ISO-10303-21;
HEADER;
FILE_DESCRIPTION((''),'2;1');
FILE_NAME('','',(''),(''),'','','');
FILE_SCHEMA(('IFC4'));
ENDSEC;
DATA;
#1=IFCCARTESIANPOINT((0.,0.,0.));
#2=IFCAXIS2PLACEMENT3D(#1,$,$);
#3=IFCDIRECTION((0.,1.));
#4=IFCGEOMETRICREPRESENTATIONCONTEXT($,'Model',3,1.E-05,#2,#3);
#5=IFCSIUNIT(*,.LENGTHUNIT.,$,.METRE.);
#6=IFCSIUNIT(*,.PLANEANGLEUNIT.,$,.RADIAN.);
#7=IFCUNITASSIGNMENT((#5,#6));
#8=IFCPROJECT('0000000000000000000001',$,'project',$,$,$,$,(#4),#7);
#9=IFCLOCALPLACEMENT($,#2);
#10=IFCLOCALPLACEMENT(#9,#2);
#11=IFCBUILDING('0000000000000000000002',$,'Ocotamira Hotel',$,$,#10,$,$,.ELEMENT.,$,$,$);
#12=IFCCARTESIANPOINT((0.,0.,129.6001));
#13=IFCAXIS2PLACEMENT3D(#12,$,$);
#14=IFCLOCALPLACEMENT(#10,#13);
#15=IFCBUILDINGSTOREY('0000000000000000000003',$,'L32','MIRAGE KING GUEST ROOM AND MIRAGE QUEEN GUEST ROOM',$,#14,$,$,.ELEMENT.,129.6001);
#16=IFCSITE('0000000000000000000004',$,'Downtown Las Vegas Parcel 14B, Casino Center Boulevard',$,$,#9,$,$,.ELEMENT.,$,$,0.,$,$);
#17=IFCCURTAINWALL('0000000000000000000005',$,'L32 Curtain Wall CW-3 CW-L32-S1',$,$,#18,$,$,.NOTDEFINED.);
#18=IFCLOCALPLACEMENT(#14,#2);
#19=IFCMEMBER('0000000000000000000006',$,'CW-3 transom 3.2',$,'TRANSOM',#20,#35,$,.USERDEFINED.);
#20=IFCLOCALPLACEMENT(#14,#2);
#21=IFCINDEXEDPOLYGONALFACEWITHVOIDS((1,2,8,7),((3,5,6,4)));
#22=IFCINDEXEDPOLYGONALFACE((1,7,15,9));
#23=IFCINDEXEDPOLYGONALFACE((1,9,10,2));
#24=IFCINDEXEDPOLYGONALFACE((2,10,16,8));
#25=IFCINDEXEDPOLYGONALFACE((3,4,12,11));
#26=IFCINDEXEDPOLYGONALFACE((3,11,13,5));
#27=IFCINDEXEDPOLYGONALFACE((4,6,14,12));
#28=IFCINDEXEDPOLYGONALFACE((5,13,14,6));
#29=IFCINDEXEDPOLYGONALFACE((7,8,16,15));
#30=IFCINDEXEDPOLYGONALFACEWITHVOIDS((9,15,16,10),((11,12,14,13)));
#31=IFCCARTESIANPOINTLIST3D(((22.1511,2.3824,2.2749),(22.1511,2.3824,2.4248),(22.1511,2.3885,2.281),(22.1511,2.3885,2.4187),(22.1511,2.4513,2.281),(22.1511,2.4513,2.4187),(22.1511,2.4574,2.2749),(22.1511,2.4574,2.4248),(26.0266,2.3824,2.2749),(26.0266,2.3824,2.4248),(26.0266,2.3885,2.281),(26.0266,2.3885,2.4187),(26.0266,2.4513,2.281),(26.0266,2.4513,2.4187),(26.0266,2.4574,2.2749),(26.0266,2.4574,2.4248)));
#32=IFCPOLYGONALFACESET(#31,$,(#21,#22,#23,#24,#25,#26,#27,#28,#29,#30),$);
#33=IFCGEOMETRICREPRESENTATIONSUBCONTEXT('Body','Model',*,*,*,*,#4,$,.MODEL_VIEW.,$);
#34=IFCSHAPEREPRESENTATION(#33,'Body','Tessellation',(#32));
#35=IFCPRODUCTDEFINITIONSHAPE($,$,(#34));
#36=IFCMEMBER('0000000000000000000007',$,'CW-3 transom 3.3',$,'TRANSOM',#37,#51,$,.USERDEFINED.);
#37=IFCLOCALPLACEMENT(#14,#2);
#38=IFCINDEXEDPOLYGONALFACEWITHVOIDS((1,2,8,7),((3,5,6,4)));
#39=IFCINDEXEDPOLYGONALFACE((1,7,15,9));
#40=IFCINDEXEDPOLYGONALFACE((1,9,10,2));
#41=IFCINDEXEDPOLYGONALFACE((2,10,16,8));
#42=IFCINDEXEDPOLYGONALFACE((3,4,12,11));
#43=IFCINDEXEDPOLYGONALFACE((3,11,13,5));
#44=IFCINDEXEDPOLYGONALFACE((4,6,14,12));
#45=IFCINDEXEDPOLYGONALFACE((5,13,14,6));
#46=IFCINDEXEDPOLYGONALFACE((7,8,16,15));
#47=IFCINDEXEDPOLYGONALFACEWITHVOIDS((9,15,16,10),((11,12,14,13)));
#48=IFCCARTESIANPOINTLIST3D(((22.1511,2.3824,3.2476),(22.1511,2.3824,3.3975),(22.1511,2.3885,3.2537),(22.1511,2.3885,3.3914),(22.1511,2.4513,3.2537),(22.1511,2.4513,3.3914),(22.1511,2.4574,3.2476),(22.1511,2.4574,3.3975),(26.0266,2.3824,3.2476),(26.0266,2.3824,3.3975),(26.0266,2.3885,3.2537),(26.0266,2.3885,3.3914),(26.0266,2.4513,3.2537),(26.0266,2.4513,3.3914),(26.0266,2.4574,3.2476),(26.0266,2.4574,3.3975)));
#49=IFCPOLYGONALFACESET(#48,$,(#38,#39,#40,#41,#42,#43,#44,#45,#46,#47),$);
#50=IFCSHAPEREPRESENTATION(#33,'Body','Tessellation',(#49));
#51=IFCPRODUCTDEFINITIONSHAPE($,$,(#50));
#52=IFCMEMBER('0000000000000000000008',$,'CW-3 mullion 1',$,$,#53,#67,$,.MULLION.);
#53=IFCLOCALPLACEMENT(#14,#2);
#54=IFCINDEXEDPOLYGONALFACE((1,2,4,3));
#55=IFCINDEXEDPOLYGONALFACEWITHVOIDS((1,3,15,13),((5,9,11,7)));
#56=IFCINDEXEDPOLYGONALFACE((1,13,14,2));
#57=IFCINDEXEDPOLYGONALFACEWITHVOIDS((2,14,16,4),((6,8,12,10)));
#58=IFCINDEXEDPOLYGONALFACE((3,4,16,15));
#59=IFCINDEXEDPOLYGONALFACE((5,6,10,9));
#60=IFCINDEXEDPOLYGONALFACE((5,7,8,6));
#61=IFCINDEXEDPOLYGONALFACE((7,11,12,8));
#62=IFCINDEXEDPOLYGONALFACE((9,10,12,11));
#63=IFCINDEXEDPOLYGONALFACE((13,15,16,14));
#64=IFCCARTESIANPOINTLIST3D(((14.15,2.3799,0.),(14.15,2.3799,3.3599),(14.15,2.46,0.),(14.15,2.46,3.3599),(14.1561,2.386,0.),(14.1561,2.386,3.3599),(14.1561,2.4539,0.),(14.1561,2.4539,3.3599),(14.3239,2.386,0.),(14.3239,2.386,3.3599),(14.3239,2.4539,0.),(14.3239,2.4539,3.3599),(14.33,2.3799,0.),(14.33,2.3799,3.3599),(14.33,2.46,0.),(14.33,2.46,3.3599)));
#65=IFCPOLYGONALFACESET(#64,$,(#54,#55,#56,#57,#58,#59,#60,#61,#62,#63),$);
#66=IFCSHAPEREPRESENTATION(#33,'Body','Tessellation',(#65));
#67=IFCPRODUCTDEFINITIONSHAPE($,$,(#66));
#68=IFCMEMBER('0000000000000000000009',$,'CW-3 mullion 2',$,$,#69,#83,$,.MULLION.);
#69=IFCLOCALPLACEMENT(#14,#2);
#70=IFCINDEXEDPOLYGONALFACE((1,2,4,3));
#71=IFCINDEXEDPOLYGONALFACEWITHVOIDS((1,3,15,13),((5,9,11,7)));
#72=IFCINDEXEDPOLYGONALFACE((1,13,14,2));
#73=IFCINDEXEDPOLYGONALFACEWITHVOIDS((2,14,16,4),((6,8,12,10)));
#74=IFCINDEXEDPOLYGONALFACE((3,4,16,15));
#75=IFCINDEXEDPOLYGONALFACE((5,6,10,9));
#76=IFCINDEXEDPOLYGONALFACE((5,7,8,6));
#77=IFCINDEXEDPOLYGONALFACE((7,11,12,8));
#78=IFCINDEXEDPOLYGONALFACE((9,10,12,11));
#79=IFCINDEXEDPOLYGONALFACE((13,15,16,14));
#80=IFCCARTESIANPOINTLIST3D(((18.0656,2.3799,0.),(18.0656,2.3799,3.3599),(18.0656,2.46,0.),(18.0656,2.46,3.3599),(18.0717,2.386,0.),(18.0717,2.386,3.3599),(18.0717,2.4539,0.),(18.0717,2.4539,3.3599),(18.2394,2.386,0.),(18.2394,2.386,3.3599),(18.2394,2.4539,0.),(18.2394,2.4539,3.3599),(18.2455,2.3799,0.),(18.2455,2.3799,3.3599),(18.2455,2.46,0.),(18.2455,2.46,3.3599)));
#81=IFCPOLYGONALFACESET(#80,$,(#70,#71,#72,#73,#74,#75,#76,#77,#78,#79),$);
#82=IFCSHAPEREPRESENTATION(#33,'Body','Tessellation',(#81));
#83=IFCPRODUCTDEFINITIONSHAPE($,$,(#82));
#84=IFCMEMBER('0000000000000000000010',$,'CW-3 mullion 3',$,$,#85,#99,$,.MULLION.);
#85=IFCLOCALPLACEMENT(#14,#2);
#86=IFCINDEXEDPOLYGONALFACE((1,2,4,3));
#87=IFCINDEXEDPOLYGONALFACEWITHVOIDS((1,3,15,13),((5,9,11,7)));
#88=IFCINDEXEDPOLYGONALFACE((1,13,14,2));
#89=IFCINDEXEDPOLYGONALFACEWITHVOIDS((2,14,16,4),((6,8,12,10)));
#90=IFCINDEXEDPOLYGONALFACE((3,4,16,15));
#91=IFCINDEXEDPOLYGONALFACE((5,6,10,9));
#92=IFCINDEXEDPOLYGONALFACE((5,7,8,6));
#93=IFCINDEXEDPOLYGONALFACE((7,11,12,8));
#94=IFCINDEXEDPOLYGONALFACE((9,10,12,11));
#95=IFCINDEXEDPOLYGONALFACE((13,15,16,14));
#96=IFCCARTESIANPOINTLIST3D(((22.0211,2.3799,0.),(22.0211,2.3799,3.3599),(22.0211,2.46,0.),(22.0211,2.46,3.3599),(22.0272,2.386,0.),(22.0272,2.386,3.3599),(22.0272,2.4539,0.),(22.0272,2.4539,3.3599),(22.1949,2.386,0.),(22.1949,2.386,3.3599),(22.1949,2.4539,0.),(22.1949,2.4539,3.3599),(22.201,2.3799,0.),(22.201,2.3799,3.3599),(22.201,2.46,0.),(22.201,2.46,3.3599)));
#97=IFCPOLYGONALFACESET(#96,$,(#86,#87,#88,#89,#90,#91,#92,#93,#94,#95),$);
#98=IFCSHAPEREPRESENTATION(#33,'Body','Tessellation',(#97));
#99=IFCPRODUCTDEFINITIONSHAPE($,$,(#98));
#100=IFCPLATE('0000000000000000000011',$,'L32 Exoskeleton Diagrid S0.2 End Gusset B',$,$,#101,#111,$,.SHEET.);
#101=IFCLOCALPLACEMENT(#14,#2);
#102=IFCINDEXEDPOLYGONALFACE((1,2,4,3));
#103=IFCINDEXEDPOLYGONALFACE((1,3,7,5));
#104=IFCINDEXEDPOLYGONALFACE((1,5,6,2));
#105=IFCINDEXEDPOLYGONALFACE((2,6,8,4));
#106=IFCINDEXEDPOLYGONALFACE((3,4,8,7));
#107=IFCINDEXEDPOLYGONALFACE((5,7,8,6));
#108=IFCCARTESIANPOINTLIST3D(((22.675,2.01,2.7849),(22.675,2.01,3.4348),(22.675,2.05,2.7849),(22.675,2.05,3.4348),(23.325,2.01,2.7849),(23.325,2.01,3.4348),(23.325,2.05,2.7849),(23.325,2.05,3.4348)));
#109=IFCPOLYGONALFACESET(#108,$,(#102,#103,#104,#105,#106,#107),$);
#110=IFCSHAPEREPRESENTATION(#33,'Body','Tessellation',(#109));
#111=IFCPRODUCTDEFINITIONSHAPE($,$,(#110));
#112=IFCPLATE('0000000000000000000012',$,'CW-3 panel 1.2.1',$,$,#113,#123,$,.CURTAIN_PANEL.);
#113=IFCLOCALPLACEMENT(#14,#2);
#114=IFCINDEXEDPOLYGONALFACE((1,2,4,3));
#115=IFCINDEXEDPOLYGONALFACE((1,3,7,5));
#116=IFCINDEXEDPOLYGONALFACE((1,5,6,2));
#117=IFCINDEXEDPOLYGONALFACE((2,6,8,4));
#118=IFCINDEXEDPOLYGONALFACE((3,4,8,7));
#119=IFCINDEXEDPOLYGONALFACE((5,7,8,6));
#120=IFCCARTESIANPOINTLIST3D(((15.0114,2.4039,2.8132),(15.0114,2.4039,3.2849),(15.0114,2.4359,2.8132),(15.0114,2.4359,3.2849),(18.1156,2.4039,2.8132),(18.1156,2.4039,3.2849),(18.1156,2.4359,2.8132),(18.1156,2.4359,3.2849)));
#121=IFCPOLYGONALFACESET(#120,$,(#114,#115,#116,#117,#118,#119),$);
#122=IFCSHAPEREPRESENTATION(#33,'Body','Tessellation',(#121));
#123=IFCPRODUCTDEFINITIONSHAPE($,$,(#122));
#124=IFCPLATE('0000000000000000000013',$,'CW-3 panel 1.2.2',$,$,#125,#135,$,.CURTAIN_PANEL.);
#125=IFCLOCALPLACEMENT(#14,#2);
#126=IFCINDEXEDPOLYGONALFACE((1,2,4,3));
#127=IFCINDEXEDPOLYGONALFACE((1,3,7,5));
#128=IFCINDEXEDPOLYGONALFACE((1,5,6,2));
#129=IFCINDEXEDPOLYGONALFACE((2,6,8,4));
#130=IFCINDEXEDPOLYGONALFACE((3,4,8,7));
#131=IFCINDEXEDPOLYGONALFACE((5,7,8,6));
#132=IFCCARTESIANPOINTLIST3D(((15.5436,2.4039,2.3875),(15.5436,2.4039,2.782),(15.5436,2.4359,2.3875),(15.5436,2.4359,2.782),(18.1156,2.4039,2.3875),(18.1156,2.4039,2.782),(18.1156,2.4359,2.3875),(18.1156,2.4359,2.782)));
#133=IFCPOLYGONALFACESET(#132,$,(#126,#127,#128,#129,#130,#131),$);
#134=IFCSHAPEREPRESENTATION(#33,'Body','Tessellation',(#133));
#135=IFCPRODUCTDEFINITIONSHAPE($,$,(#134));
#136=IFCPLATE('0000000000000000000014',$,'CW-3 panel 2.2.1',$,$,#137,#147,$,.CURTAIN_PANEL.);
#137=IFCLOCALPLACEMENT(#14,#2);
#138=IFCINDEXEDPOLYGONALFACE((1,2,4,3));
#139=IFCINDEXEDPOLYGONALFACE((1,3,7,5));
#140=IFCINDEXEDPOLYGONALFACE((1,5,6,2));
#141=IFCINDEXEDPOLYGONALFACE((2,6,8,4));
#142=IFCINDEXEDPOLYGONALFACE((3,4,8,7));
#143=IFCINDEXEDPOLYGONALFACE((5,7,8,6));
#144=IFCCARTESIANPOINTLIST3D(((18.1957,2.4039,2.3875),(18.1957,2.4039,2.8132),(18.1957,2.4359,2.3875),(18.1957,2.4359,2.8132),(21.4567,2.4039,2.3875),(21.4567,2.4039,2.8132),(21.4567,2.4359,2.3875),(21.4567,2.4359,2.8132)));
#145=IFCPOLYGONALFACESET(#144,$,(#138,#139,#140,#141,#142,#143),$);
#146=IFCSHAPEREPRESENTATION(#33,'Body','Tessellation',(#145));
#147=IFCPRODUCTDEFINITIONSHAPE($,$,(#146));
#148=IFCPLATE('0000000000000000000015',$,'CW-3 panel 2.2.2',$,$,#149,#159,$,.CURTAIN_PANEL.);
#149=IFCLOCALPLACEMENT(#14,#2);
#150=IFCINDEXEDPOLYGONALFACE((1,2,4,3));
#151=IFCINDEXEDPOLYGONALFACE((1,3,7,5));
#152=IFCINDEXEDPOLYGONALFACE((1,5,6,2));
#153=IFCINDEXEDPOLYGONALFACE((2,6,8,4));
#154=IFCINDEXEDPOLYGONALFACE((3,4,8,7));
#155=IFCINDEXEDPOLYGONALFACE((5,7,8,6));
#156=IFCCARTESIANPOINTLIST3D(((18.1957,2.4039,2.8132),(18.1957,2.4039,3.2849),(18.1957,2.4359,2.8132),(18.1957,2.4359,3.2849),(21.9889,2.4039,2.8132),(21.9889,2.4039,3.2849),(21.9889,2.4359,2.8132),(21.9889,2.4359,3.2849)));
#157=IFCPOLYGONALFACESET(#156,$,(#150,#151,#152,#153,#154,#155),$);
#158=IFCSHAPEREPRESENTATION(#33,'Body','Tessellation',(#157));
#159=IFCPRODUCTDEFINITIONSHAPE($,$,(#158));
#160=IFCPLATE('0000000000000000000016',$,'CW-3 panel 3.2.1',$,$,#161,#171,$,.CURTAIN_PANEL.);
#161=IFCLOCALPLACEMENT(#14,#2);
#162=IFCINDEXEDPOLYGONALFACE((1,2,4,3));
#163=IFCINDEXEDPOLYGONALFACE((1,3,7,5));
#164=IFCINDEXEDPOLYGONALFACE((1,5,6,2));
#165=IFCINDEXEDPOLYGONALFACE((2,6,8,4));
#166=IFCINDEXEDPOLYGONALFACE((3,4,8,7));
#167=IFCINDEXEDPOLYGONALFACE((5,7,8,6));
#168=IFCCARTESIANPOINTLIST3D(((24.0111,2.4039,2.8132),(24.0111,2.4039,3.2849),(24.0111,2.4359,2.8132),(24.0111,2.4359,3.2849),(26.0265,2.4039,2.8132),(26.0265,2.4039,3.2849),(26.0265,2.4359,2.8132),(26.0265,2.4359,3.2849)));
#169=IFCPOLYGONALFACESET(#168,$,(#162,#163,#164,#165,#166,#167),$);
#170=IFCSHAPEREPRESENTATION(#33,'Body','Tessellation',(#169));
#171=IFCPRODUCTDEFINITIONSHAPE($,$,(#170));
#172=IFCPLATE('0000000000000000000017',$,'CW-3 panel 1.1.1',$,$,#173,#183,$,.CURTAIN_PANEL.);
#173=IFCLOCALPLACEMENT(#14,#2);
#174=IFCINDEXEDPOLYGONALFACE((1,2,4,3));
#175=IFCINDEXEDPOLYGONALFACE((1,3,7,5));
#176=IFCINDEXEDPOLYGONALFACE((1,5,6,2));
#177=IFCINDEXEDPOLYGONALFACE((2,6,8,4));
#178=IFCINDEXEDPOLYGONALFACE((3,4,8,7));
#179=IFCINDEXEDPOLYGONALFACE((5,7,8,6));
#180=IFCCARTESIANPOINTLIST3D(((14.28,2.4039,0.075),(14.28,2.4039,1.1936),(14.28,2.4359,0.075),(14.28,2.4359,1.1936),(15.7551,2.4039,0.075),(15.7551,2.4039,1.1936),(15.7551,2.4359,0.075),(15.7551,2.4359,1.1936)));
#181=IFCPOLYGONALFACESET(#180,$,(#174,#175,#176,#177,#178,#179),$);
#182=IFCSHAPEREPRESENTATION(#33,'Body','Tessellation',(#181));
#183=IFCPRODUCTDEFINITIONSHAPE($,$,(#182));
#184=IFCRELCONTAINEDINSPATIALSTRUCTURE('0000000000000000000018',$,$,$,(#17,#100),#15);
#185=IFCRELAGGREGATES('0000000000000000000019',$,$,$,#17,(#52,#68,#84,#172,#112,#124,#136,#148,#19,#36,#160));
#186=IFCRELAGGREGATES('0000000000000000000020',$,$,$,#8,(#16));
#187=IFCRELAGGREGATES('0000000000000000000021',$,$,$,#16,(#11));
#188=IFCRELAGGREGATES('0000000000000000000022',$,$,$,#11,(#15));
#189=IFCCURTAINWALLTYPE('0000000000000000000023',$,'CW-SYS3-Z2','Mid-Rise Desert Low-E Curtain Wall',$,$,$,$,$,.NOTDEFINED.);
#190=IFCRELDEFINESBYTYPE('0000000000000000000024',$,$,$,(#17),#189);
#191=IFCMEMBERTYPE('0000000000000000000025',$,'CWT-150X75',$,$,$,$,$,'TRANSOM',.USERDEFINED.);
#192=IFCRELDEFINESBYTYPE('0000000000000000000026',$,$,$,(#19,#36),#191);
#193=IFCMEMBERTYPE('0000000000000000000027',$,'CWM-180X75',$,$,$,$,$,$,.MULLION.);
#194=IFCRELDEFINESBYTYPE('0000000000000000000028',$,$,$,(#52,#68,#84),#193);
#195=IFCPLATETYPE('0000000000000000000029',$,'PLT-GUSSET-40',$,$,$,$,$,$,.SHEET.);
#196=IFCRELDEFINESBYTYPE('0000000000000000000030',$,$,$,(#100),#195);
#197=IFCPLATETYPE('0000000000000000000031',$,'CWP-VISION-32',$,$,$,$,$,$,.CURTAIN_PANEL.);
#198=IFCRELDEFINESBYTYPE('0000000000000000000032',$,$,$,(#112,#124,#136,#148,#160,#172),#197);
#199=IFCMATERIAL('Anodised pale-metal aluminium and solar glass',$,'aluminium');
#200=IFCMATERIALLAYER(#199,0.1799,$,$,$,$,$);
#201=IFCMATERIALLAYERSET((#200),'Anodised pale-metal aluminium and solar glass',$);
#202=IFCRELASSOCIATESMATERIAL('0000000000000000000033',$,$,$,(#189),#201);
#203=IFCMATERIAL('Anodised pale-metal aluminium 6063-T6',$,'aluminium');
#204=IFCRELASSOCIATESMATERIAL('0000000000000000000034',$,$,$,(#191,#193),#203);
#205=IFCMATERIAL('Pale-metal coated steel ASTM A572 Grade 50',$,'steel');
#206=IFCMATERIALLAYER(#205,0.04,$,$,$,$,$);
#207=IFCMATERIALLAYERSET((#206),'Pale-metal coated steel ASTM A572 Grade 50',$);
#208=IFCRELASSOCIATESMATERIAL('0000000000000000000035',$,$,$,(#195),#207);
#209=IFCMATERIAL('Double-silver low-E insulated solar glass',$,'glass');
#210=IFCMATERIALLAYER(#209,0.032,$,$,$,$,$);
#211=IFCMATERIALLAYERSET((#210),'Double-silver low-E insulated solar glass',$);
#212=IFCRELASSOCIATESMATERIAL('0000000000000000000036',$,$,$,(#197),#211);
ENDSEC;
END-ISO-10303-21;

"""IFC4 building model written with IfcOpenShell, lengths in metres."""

from ifc_helpers import new_model, si_unit, direction, frame, origin, origin_2d, place, context, subcontext, project, spatial, rectangle, hollow_rectangle, extrude, source, transform, mapped, material, layer, layer_set, material_profile, profile_set, type_object, element, aggregate, save


model = new_model("IFC4")

# Units and contexts
model_context = context("Model", 3, precision=1e-05, world=origin(), true_north=direction((0.0, 1.0)))
body_context = subcontext(model_context, "Body", "Model", "MODEL_VIEW")
ifc_project = project(units=[si_unit("LENGTHUNIT", "METRE"), si_unit("PLANEANGLEUNIT", "RADIAN")], contexts=[model_context])

# Site, building, storey
site_placement = place(None, origin())
site = spatial("IfcSite", under=ifc_project, at=site_placement, Name="Downtown Las Vegas Parcel 14B, Casino Center Boulevard", CompositionType="ELEMENT", RefElevation=0.0)
building_placement = place(site_placement, origin())
building = spatial("IfcBuilding", under=site, at=building_placement, Name="Ocotamira Hotel", CompositionType="ELEMENT")
storey_placement = place(building_placement, frame((0.0, 0.0, 129.6001)))
storey = spatial("IfcBuildingStorey", under=building, at=storey_placement, Name="L32", Description="MIRAGE KING GUEST ROOM AND MIRAGE QUEEN GUEST ROOM", CompositionType="ELEMENT", Elevation=129.6001)

# Curtain wall, members
ifc_material_1 = material(Name="Anodised pale-metal aluminium and solar glass", Category="aluminium")
ifc_layer_1 = layer(ifc_material_1, 0.1799)
ifc_layer_set_1 = layer_set([ifc_layer_1], Name="Anodised pale-metal aluminium and solar glass")
curtain_wall_type = type_object("IfcCurtainWallType", Name="CW-SYS3-Z2", Description="Mid-Rise Desert Low-E Curtain Wall", PredefinedType="NOTDEFINED", material=ifc_layer_set_1)
curtain_wall_placement = place(storey_placement, origin())
curtain_wall = element("IfcCurtainWall", 1, at=curtain_wall_placement, inside=storey, type_object=curtain_wall_type, Name="L32 Curtain Wall CW-3 CW-L32-S1", PredefinedType="NOTDEFINED")
ifc_material_2 = material(Name="Anodised pale-metal aluminium 6063-T6", Category="aluminium")
ifc_material_profile_1 = material_profile(ifc_material_2, hollow_rectangle(XDim=0.075, YDim=0.1499, WallThickness=0.0061, at=origin_2d()), Name="HSS150X75X6")
ifc_profile_set_1 = profile_set([ifc_material_profile_1], Name="Anodised pale-metal aluminium 6063-T6")
member_type_1 = type_object("IfcMemberType", Name="CWT-150X75", ElementType="TRANSOM", PredefinedType="USERDEFINED", material=ifc_profile_set_1)
shared_shape_1 = source(origin(), body_context, "Body", "SweptSolid", [
    extrude(hollow_rectangle(XDim=0.075, YDim=0.1499, WallThickness=0.0061, at=origin_2d()), origin(), (0.0, 0.0, 1.0), 3.8755),
])
member_1_placement = place(storey_placement, frame((22.1511, 2.4199, 2.3499), z_axis=(1.0, 0.0, 0.0), x_axis=(0.0, 1.0, 0.0)))
member_1 = element("IfcMember", 2, at=member_1_placement, type_object=member_type_1, Name="CW-3 transom 3.2", ObjectType="TRANSOM", PredefinedType="USERDEFINED", context=body_context, shape_type="MappedRepresentation", body=[
    mapped(shared_shape_1, transform((0.0, 0.0, 0.0), scale=1.0)),
])
member_2_placement = place(storey_placement, frame((22.1511, 2.4199, 3.3225), z_axis=(1.0, 0.0, 0.0), x_axis=(0.0, 1.0, 0.0)))
member_2 = element("IfcMember", 3, at=member_2_placement, type_object=member_type_1, Name="CW-3 transom 3.3", ObjectType="TRANSOM", PredefinedType="USERDEFINED", context=body_context, shape_type="MappedRepresentation", body=[
    mapped(shared_shape_1, transform((0.0, 0.0, 0.0), scale=1.0)),
])
ifc_material_profile_2 = material_profile(ifc_material_2, hollow_rectangle(XDim=0.0801, YDim=0.1799, WallThickness=0.0061, at=origin_2d()), Name="HSS180X80X6")
ifc_profile_set_2 = profile_set([ifc_material_profile_2], Name="Anodised pale-metal aluminium 6063-T6")
member_type_2 = type_object("IfcMemberType", Name="CWM-180X75", PredefinedType="MULLION", material=ifc_profile_set_2)
shared_shape_2 = source(origin(), body_context, "Body", "SweptSolid", [
    extrude(hollow_rectangle(XDim=0.0801, YDim=0.1799, WallThickness=0.0061, at=origin_2d()), origin(), (0.0, 0.0, 1.0), 3.3599),
])
member_3_placement = place(storey_placement, frame((14.24, 2.4199, 0.0), z_axis=(0.0, 0.0, 1.0), x_axis=(0.0, 1.0, 0.0)))
member_3 = element("IfcMember", 4, at=member_3_placement, type_object=member_type_2, Name="CW-3 mullion 1", PredefinedType="MULLION", context=body_context, shape_type="MappedRepresentation", body=[
    mapped(shared_shape_2, transform((0.0, 0.0, 0.0), scale=1.0)),
])
member_4_placement = place(storey_placement, frame((18.1555, 2.4199, 0.0), z_axis=(0.0, 0.0, 1.0), x_axis=(0.0, 1.0, 0.0)))
member_4 = element("IfcMember", 5, at=member_4_placement, type_object=member_type_2, Name="CW-3 mullion 2", PredefinedType="MULLION", context=body_context, shape_type="MappedRepresentation", body=[
    mapped(shared_shape_2, transform((0.0, 0.0, 0.0), scale=1.0)),
])
member_5_placement = place(storey_placement, frame((22.1111, 2.4199, 0.0), z_axis=(0.0, 0.0, 1.0), x_axis=(0.0, 1.0, 0.0)))
member_5 = element("IfcMember", 6, at=member_5_placement, type_object=member_type_2, Name="CW-3 mullion 3", PredefinedType="MULLION", context=body_context, shape_type="MappedRepresentation", body=[
    mapped(shared_shape_2, transform((0.0, 0.0, 0.0), scale=1.0)),
])

# Plates
ifc_material_3 = material(Name="Pale-metal coated steel ASTM A572 Grade 50", Category="steel")
ifc_layer_2 = layer(ifc_material_3, 0.04)
ifc_layer_set_2 = layer_set([ifc_layer_2], Name="Pale-metal coated steel ASTM A572 Grade 50")
plate_type_1 = type_object("IfcPlateType", Name="PLT-GUSSET-40", PredefinedType="SHEET", material=ifc_layer_set_2)
shared_shape_3 = source(origin(), body_context, "Body", "SweptSolid", [
    extrude(rectangle(XDim=0.6499, YDim=0.04, at=origin_2d()), origin(), (0.0, 0.0, 1.0), 0.6499),
])
plate_1_placement = place(storey_placement, frame((23.0, 2.03, 2.7849), z_axis=(0.0, 0.0, 1.0), x_axis=(1.0, 0.0, 0.0)))
element("IfcPlate", 7, at=plate_1_placement, inside=storey, type_object=plate_type_1, Name="L32 Exoskeleton Diagrid S0.2 End Gusset B", PredefinedType="SHEET", context=body_context, shape_type="MappedRepresentation", body=[
    mapped(shared_shape_3, transform((0.0, 0.0, 0.0), scale=1.0)),
])
ifc_material_4 = material(Name="Double-silver low-E insulated solar glass", Category="glass")
ifc_layer_3 = layer(ifc_material_4, 0.032)
ifc_layer_set_3 = layer_set([ifc_layer_3], Name="Double-silver low-E insulated solar glass")
plate_type_2 = type_object("IfcPlateType", Name="CWP-VISION-32", PredefinedType="CURTAIN_PANEL", material=ifc_layer_set_3)
shared_shape_4 = source(origin(), body_context, "Body", "SweptSolid", [
    extrude(rectangle(XDim=3.1042, YDim=0.032, at=origin_2d()), origin(), (0.0, 0.0, 1.0), 0.4717),
])
plate_2_placement = place(storey_placement, frame((16.5635, 2.4199, 2.8132), z_axis=(0.0, 0.0, 1.0), x_axis=(1.0, 0.0, 0.0)))
plate_2 = element("IfcPlate", 8, at=plate_2_placement, type_object=plate_type_2, Name="CW-3 panel 1.2.1", PredefinedType="CURTAIN_PANEL", context=body_context, shape_type="MappedRepresentation", body=[
    mapped(shared_shape_4, transform((0.0, 0.0, 0.0), scale=1.0)),
])
shared_shape_5 = source(origin(), body_context, "Body", "SweptSolid", [
    extrude(rectangle(XDim=2.572, YDim=0.032, at=origin_2d()), origin(), (0.0, 0.0, 1.0), 0.3945),
])
plate_3_placement = place(storey_placement, frame((16.8296, 2.4199, 2.3875), z_axis=(0.0, 0.0, 1.0), x_axis=(1.0, 0.0, 0.0)))
plate_3 = element("IfcPlate", 9, at=plate_3_placement, type_object=plate_type_2, Name="CW-3 panel 1.2.2", PredefinedType="CURTAIN_PANEL", context=body_context, shape_type="MappedRepresentation", body=[
    mapped(shared_shape_5, transform((0.0, 0.0, 0.0), scale=1.0)),
])
shared_shape_6 = source(origin(), body_context, "Body", "SweptSolid", [
    extrude(rectangle(XDim=3.261, YDim=0.032, at=origin_2d()), origin(), (0.0, 0.0, 1.0), 0.4258),
])
plate_4_placement = place(storey_placement, frame((19.8262, 2.4199, 2.3875), z_axis=(0.0, 0.0, 1.0), x_axis=(1.0, 0.0, 0.0)))
plate_4 = element("IfcPlate", 10, at=plate_4_placement, type_object=plate_type_2, Name="CW-3 panel 2.2.1", PredefinedType="CURTAIN_PANEL", context=body_context, shape_type="MappedRepresentation", body=[
    mapped(shared_shape_6, transform((0.0, 0.0, 0.0), scale=1.0)),
])
shared_shape_7 = source(origin(), body_context, "Body", "SweptSolid", [
    extrude(rectangle(XDim=3.7932, YDim=0.032, at=origin_2d()), origin(), (0.0, 0.0, 1.0), 0.4717),
])
plate_5_placement = place(storey_placement, frame((20.0923, 2.4199, 2.8132), z_axis=(0.0, 0.0, 1.0), x_axis=(1.0, 0.0, 0.0)))
plate_5 = element("IfcPlate", 11, at=plate_5_placement, type_object=plate_type_2, Name="CW-3 panel 2.2.2", PredefinedType="CURTAIN_PANEL", context=body_context, shape_type="MappedRepresentation", body=[
    mapped(shared_shape_7, transform((0.0, 0.0, 0.0), scale=1.0)),
])
shared_shape_8 = source(origin(), body_context, "Body", "SweptSolid", [
    extrude(rectangle(XDim=2.0154, YDim=0.032, at=origin_2d()), origin(), (0.0, 0.0, 1.0), 0.4717),
])
plate_6_placement = place(storey_placement, frame((25.0188, 2.4199, 2.8132), z_axis=(0.0, 0.0, 1.0), x_axis=(1.0, 0.0, 0.0)))
plate_6 = element("IfcPlate", 12, at=plate_6_placement, type_object=plate_type_2, Name="CW-3 panel 3.2.1", PredefinedType="CURTAIN_PANEL", context=body_context, shape_type="MappedRepresentation", body=[
    mapped(shared_shape_8, transform((0.0, 0.0, 0.0), scale=1.0)),
])
shared_shape_9 = source(origin(), body_context, "Body", "SweptSolid", [
    extrude(rectangle(XDim=1.4751, YDim=0.032, at=origin_2d()), origin(), (0.0, 0.0, 1.0), 1.1187),
])
plate_7_placement = place(storey_placement, frame((15.0176, 2.4199, 0.075), z_axis=(0.0, 0.0, 1.0), x_axis=(1.0, 0.0, 0.0)))
plate_7 = element("IfcPlate", 13, at=plate_7_placement, type_object=plate_type_2, Name="CW-3 panel 1.1.1", PredefinedType="CURTAIN_PANEL", context=body_context, shape_type="MappedRepresentation", body=[
    mapped(shared_shape_9, transform((0.0, 0.0, 0.0), scale=1.0)),
])
aggregate(curtain_wall, [member_3, member_4, member_5, plate_7, plate_2, plate_3, plate_4, plate_5, member_1, member_2, plate_6])

save(model, "model.ifc")
